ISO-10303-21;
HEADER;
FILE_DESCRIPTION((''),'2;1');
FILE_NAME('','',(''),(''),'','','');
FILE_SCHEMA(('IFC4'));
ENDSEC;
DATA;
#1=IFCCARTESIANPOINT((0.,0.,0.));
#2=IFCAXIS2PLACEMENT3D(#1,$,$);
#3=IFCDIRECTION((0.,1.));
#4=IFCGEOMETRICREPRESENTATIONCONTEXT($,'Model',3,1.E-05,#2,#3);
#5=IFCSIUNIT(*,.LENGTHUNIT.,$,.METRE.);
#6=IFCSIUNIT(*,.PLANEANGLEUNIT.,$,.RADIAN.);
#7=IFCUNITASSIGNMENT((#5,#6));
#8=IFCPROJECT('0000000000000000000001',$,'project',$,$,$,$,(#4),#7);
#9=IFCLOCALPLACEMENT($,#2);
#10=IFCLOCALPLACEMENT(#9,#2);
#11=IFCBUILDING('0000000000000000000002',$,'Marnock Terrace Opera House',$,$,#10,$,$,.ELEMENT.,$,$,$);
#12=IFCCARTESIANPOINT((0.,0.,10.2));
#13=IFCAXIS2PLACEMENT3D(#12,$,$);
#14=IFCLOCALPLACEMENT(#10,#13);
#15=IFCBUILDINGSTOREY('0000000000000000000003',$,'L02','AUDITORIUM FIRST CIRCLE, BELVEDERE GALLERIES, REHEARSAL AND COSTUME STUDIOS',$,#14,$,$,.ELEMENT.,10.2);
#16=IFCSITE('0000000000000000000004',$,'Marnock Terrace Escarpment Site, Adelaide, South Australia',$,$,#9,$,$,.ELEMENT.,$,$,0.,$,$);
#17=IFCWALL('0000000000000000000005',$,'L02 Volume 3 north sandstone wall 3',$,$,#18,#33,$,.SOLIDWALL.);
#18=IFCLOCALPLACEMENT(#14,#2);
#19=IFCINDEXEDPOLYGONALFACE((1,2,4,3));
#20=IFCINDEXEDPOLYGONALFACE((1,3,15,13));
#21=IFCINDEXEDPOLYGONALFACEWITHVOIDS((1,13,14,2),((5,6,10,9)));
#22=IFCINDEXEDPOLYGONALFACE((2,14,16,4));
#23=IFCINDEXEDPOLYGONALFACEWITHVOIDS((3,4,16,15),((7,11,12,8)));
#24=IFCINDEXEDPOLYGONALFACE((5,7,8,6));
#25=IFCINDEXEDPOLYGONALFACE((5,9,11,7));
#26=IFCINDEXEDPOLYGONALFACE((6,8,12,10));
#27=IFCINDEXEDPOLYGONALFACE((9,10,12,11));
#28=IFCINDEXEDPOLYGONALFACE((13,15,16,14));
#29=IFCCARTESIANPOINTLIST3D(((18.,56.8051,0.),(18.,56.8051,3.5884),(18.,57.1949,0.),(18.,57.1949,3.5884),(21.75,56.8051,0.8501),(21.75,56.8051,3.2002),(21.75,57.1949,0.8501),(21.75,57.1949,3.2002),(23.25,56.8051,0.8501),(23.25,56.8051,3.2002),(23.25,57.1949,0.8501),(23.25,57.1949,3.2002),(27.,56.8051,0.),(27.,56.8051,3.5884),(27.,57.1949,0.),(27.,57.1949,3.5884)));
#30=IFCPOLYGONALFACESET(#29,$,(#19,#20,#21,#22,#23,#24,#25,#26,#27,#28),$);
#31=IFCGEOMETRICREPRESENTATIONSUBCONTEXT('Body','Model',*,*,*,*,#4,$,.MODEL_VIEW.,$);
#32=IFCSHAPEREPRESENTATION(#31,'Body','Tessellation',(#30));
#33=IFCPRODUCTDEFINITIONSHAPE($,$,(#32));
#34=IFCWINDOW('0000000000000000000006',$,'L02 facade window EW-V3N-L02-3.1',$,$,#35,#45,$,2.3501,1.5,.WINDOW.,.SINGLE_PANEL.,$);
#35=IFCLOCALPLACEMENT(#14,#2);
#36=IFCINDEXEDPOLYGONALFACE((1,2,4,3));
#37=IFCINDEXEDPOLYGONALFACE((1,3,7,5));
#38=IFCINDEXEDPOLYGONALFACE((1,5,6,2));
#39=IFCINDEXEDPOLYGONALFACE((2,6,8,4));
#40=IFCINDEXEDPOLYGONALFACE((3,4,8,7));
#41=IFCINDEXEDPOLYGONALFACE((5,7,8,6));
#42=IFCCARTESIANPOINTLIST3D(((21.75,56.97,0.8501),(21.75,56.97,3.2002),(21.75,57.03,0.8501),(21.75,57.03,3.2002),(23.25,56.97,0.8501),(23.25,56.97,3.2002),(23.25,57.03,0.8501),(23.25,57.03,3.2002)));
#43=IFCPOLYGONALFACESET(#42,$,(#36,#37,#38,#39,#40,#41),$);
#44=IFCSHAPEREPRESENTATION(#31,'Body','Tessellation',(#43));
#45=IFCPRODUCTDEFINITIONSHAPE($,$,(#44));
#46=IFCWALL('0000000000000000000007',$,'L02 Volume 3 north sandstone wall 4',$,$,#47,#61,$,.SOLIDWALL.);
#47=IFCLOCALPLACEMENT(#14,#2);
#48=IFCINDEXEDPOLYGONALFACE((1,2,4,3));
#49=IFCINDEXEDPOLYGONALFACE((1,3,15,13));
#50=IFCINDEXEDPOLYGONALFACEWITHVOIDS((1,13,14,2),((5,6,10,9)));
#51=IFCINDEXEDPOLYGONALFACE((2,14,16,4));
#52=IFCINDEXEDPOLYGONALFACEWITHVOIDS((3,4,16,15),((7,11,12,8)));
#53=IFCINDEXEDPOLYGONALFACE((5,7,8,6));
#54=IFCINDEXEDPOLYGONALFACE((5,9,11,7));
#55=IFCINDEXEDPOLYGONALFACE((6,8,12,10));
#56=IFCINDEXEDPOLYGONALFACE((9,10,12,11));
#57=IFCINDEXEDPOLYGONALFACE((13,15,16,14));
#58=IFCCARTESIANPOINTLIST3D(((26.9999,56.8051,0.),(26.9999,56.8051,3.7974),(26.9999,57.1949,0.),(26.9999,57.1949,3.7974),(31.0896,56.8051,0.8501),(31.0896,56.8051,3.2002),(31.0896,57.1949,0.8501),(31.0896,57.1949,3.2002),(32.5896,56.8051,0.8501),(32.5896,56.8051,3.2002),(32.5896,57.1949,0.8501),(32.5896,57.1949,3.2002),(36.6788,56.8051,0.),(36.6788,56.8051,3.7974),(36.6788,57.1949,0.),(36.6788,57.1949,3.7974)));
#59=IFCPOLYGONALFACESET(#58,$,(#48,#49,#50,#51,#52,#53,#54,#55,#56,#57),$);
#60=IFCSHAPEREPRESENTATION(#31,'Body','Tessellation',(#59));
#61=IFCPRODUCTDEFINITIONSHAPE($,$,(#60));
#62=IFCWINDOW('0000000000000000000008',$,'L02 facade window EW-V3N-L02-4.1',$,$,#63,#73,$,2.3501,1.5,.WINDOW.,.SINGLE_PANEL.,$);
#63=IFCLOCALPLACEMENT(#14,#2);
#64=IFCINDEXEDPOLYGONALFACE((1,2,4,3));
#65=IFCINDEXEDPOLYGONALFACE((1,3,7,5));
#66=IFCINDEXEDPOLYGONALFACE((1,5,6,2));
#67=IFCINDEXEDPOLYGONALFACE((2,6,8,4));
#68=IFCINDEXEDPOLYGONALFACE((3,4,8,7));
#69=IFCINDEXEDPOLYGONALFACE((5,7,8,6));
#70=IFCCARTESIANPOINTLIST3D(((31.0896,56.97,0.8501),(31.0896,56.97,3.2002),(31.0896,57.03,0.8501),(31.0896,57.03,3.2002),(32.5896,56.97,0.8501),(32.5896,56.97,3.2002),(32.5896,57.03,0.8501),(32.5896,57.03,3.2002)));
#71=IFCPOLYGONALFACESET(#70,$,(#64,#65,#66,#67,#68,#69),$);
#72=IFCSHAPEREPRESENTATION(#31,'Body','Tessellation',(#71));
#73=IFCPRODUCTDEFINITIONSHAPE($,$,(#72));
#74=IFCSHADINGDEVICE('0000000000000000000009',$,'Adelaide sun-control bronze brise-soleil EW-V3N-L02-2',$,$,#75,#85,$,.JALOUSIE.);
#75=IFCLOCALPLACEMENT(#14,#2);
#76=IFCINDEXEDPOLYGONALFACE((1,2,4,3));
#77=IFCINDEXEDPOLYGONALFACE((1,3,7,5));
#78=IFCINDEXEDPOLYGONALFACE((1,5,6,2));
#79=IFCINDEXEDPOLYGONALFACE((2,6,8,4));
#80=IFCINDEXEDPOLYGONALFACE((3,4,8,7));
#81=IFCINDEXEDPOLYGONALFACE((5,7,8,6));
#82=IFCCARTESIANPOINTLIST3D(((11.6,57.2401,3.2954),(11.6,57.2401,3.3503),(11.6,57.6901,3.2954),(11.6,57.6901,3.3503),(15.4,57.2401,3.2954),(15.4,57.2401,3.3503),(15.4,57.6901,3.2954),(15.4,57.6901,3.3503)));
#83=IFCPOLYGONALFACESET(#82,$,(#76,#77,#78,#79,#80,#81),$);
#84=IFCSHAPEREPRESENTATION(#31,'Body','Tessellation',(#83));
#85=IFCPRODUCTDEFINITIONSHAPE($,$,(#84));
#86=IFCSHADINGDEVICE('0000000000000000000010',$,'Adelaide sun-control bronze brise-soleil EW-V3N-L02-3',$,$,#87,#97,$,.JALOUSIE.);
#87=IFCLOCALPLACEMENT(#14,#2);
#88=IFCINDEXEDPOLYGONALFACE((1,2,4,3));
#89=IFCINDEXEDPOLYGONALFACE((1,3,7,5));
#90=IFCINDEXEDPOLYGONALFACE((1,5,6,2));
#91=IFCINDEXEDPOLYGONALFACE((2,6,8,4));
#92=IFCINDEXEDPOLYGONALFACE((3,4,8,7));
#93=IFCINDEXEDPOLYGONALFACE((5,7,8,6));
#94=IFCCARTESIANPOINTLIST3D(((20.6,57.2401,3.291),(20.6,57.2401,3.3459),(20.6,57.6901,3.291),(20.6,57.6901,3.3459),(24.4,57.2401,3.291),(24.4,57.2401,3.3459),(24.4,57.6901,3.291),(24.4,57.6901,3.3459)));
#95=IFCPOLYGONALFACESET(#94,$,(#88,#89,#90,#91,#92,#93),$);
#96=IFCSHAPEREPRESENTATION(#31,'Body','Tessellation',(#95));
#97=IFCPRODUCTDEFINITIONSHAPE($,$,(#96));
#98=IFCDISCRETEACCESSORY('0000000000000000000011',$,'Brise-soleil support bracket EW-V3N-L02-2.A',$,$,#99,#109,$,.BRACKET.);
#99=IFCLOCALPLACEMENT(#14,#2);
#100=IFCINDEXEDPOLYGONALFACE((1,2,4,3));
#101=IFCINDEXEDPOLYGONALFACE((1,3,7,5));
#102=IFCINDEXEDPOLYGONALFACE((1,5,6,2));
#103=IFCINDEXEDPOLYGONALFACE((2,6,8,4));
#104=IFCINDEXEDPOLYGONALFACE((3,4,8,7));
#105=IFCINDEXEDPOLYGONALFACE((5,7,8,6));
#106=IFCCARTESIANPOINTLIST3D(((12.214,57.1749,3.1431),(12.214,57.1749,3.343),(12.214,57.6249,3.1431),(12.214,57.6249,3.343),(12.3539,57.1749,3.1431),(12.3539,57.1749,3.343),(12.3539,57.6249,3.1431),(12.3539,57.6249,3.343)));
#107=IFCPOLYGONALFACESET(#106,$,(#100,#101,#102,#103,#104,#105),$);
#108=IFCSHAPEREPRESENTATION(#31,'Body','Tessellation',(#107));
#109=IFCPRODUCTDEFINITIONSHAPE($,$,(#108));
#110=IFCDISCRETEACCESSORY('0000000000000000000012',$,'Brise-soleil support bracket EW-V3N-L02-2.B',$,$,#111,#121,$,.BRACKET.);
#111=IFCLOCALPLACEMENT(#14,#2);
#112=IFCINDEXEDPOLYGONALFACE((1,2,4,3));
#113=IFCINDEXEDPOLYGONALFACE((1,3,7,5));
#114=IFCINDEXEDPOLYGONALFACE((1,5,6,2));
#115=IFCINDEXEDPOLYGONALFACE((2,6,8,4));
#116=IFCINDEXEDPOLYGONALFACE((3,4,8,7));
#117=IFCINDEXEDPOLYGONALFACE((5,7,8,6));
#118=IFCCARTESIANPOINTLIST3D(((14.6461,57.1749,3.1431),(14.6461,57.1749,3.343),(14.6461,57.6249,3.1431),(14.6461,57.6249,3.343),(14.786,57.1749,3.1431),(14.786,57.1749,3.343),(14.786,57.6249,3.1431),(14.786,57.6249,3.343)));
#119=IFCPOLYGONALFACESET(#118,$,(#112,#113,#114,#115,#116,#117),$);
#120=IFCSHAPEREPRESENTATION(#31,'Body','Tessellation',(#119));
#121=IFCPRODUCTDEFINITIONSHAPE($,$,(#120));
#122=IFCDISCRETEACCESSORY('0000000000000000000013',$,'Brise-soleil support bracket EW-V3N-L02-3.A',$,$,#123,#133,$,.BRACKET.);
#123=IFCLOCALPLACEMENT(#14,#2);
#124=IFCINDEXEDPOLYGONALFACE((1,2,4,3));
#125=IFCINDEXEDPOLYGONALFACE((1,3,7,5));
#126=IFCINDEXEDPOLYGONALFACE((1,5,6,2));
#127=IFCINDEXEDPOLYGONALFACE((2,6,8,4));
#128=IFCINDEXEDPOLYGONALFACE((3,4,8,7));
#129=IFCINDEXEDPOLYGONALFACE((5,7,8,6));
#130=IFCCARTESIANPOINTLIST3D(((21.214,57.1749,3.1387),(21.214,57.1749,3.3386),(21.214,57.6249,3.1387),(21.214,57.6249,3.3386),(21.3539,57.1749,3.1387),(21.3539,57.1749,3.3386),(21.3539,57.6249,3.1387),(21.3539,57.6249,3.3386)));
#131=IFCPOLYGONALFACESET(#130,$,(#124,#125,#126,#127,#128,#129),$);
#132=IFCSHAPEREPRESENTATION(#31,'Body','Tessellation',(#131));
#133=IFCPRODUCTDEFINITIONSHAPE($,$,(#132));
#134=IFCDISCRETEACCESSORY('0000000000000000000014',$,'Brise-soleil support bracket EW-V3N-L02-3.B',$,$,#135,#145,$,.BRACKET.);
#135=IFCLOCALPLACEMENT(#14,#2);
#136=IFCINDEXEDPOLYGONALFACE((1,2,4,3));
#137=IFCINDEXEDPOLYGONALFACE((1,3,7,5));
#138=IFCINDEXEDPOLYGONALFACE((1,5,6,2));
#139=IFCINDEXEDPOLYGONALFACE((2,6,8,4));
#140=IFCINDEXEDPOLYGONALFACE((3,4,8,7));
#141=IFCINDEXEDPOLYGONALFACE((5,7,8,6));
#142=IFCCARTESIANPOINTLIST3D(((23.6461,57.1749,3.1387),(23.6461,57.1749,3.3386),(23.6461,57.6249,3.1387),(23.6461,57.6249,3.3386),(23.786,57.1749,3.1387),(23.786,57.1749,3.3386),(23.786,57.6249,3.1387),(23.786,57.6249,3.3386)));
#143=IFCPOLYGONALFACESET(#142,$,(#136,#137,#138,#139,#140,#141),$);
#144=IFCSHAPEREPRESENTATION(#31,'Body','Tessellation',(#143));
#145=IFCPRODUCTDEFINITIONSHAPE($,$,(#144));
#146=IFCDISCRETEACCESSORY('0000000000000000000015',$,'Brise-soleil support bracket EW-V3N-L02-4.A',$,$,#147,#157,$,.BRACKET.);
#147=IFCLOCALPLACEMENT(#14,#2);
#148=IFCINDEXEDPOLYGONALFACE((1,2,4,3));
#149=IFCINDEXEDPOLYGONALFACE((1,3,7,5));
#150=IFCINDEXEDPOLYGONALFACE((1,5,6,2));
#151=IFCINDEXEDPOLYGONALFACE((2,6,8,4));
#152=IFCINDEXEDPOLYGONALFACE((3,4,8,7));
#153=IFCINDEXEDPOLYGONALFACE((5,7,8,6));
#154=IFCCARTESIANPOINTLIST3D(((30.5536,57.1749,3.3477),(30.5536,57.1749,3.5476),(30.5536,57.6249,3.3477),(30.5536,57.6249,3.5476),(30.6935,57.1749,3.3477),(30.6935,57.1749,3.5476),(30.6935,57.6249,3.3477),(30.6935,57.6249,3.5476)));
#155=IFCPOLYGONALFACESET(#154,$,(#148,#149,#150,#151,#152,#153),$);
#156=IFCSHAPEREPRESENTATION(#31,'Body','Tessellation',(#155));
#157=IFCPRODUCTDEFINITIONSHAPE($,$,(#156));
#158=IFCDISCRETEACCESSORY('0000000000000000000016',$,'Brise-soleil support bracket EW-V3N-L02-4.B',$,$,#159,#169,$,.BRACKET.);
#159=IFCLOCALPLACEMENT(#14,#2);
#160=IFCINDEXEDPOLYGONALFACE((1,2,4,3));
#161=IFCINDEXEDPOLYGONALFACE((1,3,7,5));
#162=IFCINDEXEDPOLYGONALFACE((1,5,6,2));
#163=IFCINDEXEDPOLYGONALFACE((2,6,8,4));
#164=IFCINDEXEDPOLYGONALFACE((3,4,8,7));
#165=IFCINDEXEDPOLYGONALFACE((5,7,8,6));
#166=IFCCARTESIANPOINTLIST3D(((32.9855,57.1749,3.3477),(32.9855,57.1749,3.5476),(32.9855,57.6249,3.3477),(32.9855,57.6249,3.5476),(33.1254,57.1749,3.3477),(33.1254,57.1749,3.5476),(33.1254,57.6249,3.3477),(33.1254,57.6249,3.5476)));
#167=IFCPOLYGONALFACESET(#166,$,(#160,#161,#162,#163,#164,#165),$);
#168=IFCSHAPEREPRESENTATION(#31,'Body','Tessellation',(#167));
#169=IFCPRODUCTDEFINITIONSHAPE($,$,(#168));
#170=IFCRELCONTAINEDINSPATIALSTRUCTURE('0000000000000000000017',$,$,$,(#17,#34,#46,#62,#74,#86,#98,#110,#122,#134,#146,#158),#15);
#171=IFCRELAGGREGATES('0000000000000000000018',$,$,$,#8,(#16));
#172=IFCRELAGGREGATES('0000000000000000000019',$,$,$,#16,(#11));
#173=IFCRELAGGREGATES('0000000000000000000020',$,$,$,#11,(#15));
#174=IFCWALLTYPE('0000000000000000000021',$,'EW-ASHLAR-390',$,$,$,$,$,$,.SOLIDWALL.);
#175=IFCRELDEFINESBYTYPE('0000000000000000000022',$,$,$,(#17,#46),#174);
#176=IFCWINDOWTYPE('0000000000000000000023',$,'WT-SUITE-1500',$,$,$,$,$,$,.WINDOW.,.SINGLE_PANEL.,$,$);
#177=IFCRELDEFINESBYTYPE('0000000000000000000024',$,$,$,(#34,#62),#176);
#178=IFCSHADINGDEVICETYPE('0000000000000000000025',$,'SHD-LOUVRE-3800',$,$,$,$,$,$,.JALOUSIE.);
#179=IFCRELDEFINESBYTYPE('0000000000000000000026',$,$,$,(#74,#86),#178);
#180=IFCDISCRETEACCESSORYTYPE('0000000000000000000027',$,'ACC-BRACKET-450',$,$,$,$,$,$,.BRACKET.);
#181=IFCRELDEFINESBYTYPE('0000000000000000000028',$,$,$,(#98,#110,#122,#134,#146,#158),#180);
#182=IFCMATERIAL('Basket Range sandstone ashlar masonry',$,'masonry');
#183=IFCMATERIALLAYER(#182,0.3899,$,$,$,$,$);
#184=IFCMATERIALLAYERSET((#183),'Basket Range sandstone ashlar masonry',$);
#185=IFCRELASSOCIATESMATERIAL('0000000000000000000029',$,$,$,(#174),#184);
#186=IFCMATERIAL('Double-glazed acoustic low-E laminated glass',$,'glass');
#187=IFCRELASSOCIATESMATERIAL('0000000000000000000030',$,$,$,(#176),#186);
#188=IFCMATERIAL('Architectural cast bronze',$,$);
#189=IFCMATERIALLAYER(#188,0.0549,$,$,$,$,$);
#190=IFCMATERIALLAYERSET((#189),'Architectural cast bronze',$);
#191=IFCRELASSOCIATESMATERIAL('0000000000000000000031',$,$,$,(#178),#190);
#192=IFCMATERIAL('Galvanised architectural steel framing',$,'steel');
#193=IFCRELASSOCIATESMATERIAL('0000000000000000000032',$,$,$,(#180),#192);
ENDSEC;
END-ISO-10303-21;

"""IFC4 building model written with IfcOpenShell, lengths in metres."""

from ifc_helpers import new_model, si_unit, direction, frame, frame_2d, origin, origin_2d, place, context, subcontext, project, spatial, rectangle, extrude, material, layer, layer_set, type_object, element, fill, save


model = new_model("IFC4")

# Units and contexts
model_context = context("Model", 3, precision=1e-05, world=origin(), true_north=direction((0.0, 1.0)))
body_context = subcontext(model_context, "Body", "Model", "MODEL_VIEW")
ifc_project = project(units=[si_unit("LENGTHUNIT", "METRE"), si_unit("PLANEANGLEUNIT", "RADIAN")], contexts=[model_context])

# Site, building, storey
site_placement = place(None, origin())
site = spatial("IfcSite", under=ifc_project, at=site_placement, Name="Marnock Terrace Escarpment Site, Adelaide, South Australia", CompositionType="ELEMENT", RefElevation=0.0)
building_placement = place(site_placement, origin())
building = spatial("IfcBuilding", under=site, at=building_placement, Name="Marnock Terrace Opera House", CompositionType="ELEMENT")
storey_placement = place(building_placement, frame((0.0, 0.0, 10.2)))
storey = spatial("IfcBuildingStorey", under=building, at=storey_placement, Name="L02", Description="AUDITORIUM FIRST CIRCLE, BELVEDERE GALLERIES, REHEARSAL AND COSTUME STUDIOS", CompositionType="ELEMENT", Elevation=10.2)

# Walls, openings, windows
ifc_material_1 = material(Name="Basket Range sandstone ashlar masonry", Category="masonry")
ifc_layer_1 = layer(ifc_material_1, 0.3899)
ifc_layer_set_1 = layer_set([ifc_layer_1], Name="Basket Range sandstone ashlar masonry")
wall_type = type_object("IfcWallType", Name="EW-ASHLAR-390", PredefinedType="SOLIDWALL", material=ifc_layer_set_1)
wall_1_placement = place(storey_placement, frame((18.0, 57.0, 0.0), z_axis=(0.0, 0.0, 1.0), x_axis=(1.0, 0.0, 0.0)))
wall_1 = element("IfcWall", 1, at=wall_1_placement, inside=storey, type_object=wall_type, Name="L02 Volume 3 north sandstone wall 3", PredefinedType="SOLIDWALL", context=body_context, shape_type="SweptSolid", body=[
    extrude(rectangle(XDim=9.0, YDim=0.3899, at=frame_2d((4.5, 0.0))), origin(), (0.0, 0.0, 1.0), 3.5884),
])
opening_1_placement = place(wall_1_placement, frame((3.75, 0.0, 0.8501)))
opening_1 = element("IfcOpeningElement", 2, at=opening_1_placement, cuts=wall_1, PredefinedType="OPENING", context=body_context, shape_type="SweptSolid", body=[
    extrude(rectangle(XDim=1.5, YDim=2.3501, at=frame_2d((0.75, 1.175))), frame((0.0, 0.2048, 0.0), z_axis=(0.0, -1.0, 0.0), x_axis=(1.0, 0.0, 0.0)), (0.0, 0.0, 1.0), 0.4099),
])
ifc_material_2 = material(Name="Double-glazed acoustic low-E laminated glass", Category="glass")
window_type = type_object("IfcWindowType", Name="WT-SUITE-1500", PartitioningType="SINGLE_PANEL", PredefinedType="WINDOW", material=ifc_material_2)
window_1_placement = place(opening_1_placement, origin())
window_1 = element("IfcWindow", 3, at=window_1_placement, inside=storey, type_object=window_type, Name="L02 facade window EW-V3N-L02-3.1", OverallHeight=2.3501, OverallWidth=1.5, PartitioningType="SINGLE_PANEL", PredefinedType="WINDOW", context=body_context, shape_type="SweptSolid", body=[
    extrude(rectangle(XDim=1.5, YDim=2.3501, at=frame_2d((0.75, 1.175))), frame((0.0, 0.03, 0.0), z_axis=(0.0, -1.0, 0.0), x_axis=(1.0, 0.0, 0.0)), (0.0, 0.0, 1.0), 0.0601),
])
fill(opening_1, window_1)
wall_2_placement = place(storey_placement, frame((27.0, 57.0, 0.0), z_axis=(0.0, 0.0, 1.0), x_axis=(1.0, 0.0, 0.0)))
wall_2 = element("IfcWall", 4, at=wall_2_placement, inside=storey, type_object=wall_type, Name="L02 Volume 3 north sandstone wall 4", PredefinedType="SOLIDWALL", context=body_context, shape_type="SweptSolid", body=[
    extrude(rectangle(XDim=9.679, YDim=0.3899, at=frame_2d((4.8394, 0.0))), origin(), (0.0, 0.0, 1.0), 3.7974),
])
opening_2_placement = place(wall_2_placement, frame((4.0896, 0.0, 0.8501)))
opening_2 = element("IfcOpeningElement", 5, at=opening_2_placement, cuts=wall_2, PredefinedType="OPENING", context=body_context, shape_type="SweptSolid", body=[
    extrude(rectangle(XDim=1.5, YDim=2.3501, at=frame_2d((0.75, 1.175))), frame((0.0, 0.2048, 0.0), z_axis=(0.0, -1.0, 0.0), x_axis=(1.0, 0.0, 0.0)), (0.0, 0.0, 1.0), 0.4099),
])
window_2_placement = place(opening_2_placement, origin())
window_2 = element("IfcWindow", 6, at=window_2_placement, inside=storey, type_object=window_type, Name="L02 facade window EW-V3N-L02-4.1", OverallHeight=2.3501, OverallWidth=1.5, PartitioningType="SINGLE_PANEL", PredefinedType="WINDOW", context=body_context, shape_type="SweptSolid", body=[
    extrude(rectangle(XDim=1.5, YDim=2.3501, at=frame_2d((0.75, 1.175))), frame((0.0, 0.03, 0.0), z_axis=(0.0, -1.0, 0.0), x_axis=(1.0, 0.0, 0.0)), (0.0, 0.0, 1.0), 0.0601),
])
fill(opening_2, window_2)

# Shading devices
ifc_material_3 = material(Name="Architectural cast bronze")
ifc_layer_2 = layer(ifc_material_3, 0.0549)
ifc_layer_set_2 = layer_set([ifc_layer_2], Name="Architectural cast bronze")
shading_device_type = type_object("IfcShadingDeviceType", Name="SHD-LOUVRE-3800", PredefinedType="JALOUSIE", material=ifc_layer_set_2)
for number, where, z_axis, x_axis, name in (
    (7, (13.5, 57.4651, 3.2954), (0.0, 0.0, 1.0), (1.0, 0.0, 0.0), "Adelaide sun-control bronze brise-soleil EW-V3N-L02-2"),
    (8, (22.5, 57.4651, 3.291), (0.0, 0.0, 1.0), (1.0, 0.0, 0.0), "Adelaide sun-control bronze brise-soleil EW-V3N-L02-3"),
):
    element("IfcShadingDevice", number, at=place(storey_placement, frame(where, z_axis=z_axis, x_axis=x_axis)), inside=storey, type_object=shading_device_type, Name=name, PredefinedType="JALOUSIE", context=body_context, shape_type="SweptSolid", body=[
        extrude(rectangle(XDim=3.8, YDim=0.45, at=origin_2d()), origin(), (0.0, 0.0, 1.0), 0.0549),
    ])

# Discrete accessories
ifc_material_4 = material(Name="Galvanised architectural steel framing", Category="steel")
discrete_accessory_type = type_object("IfcDiscreteAccessoryType", Name="ACC-BRACKET-450", PredefinedType="BRACKET", material=ifc_material_4)
for number, where, z_axis, x_axis, name in (
    (9, (12.2839, 57.3999, 3.1431), (0.0, 0.0, 1.0), (1.0, 0.0, 0.0), "Brise-soleil support bracket EW-V3N-L02-2.A"),
    (10, (14.7161, 57.3999, 3.1431), (0.0, 0.0, 1.0), (1.0, 0.0, 0.0), "Brise-soleil support bracket EW-V3N-L02-2.B"),
    (11, (21.2839, 57.3999, 3.1387), (0.0, 0.0, 1.0), (1.0, 0.0, 0.0), "Brise-soleil support bracket EW-V3N-L02-3.A"),
    (12, (23.7161, 57.3999, 3.1387), (0.0, 0.0, 1.0), (1.0, 0.0, 0.0), "Brise-soleil support bracket EW-V3N-L02-3.B"),
    (13, (30.6235, 57.3999, 3.3477), (0.0, 0.0, 1.0), (1.0, 0.0, 0.0), "Brise-soleil support bracket EW-V3N-L02-4.A"),
    (14, (33.0554, 57.3999, 3.3477), (0.0, 0.0, 1.0), (1.0, 0.0, 0.0), "Brise-soleil support bracket EW-V3N-L02-4.B"),
):
    element("IfcDiscreteAccessory", number, at=place(storey_placement, frame(where, z_axis=z_axis, x_axis=x_axis)), inside=storey, type_object=discrete_accessory_type, Name=name, PredefinedType="BRACKET", context=body_context, shape_type="SweptSolid", body=[
        extrude(rectangle(XDim=0.1399, YDim=0.45, at=origin_2d()), origin(), (0.0, 0.0, 1.0), 0.2),
    ])

save(model, "model.ifc")
